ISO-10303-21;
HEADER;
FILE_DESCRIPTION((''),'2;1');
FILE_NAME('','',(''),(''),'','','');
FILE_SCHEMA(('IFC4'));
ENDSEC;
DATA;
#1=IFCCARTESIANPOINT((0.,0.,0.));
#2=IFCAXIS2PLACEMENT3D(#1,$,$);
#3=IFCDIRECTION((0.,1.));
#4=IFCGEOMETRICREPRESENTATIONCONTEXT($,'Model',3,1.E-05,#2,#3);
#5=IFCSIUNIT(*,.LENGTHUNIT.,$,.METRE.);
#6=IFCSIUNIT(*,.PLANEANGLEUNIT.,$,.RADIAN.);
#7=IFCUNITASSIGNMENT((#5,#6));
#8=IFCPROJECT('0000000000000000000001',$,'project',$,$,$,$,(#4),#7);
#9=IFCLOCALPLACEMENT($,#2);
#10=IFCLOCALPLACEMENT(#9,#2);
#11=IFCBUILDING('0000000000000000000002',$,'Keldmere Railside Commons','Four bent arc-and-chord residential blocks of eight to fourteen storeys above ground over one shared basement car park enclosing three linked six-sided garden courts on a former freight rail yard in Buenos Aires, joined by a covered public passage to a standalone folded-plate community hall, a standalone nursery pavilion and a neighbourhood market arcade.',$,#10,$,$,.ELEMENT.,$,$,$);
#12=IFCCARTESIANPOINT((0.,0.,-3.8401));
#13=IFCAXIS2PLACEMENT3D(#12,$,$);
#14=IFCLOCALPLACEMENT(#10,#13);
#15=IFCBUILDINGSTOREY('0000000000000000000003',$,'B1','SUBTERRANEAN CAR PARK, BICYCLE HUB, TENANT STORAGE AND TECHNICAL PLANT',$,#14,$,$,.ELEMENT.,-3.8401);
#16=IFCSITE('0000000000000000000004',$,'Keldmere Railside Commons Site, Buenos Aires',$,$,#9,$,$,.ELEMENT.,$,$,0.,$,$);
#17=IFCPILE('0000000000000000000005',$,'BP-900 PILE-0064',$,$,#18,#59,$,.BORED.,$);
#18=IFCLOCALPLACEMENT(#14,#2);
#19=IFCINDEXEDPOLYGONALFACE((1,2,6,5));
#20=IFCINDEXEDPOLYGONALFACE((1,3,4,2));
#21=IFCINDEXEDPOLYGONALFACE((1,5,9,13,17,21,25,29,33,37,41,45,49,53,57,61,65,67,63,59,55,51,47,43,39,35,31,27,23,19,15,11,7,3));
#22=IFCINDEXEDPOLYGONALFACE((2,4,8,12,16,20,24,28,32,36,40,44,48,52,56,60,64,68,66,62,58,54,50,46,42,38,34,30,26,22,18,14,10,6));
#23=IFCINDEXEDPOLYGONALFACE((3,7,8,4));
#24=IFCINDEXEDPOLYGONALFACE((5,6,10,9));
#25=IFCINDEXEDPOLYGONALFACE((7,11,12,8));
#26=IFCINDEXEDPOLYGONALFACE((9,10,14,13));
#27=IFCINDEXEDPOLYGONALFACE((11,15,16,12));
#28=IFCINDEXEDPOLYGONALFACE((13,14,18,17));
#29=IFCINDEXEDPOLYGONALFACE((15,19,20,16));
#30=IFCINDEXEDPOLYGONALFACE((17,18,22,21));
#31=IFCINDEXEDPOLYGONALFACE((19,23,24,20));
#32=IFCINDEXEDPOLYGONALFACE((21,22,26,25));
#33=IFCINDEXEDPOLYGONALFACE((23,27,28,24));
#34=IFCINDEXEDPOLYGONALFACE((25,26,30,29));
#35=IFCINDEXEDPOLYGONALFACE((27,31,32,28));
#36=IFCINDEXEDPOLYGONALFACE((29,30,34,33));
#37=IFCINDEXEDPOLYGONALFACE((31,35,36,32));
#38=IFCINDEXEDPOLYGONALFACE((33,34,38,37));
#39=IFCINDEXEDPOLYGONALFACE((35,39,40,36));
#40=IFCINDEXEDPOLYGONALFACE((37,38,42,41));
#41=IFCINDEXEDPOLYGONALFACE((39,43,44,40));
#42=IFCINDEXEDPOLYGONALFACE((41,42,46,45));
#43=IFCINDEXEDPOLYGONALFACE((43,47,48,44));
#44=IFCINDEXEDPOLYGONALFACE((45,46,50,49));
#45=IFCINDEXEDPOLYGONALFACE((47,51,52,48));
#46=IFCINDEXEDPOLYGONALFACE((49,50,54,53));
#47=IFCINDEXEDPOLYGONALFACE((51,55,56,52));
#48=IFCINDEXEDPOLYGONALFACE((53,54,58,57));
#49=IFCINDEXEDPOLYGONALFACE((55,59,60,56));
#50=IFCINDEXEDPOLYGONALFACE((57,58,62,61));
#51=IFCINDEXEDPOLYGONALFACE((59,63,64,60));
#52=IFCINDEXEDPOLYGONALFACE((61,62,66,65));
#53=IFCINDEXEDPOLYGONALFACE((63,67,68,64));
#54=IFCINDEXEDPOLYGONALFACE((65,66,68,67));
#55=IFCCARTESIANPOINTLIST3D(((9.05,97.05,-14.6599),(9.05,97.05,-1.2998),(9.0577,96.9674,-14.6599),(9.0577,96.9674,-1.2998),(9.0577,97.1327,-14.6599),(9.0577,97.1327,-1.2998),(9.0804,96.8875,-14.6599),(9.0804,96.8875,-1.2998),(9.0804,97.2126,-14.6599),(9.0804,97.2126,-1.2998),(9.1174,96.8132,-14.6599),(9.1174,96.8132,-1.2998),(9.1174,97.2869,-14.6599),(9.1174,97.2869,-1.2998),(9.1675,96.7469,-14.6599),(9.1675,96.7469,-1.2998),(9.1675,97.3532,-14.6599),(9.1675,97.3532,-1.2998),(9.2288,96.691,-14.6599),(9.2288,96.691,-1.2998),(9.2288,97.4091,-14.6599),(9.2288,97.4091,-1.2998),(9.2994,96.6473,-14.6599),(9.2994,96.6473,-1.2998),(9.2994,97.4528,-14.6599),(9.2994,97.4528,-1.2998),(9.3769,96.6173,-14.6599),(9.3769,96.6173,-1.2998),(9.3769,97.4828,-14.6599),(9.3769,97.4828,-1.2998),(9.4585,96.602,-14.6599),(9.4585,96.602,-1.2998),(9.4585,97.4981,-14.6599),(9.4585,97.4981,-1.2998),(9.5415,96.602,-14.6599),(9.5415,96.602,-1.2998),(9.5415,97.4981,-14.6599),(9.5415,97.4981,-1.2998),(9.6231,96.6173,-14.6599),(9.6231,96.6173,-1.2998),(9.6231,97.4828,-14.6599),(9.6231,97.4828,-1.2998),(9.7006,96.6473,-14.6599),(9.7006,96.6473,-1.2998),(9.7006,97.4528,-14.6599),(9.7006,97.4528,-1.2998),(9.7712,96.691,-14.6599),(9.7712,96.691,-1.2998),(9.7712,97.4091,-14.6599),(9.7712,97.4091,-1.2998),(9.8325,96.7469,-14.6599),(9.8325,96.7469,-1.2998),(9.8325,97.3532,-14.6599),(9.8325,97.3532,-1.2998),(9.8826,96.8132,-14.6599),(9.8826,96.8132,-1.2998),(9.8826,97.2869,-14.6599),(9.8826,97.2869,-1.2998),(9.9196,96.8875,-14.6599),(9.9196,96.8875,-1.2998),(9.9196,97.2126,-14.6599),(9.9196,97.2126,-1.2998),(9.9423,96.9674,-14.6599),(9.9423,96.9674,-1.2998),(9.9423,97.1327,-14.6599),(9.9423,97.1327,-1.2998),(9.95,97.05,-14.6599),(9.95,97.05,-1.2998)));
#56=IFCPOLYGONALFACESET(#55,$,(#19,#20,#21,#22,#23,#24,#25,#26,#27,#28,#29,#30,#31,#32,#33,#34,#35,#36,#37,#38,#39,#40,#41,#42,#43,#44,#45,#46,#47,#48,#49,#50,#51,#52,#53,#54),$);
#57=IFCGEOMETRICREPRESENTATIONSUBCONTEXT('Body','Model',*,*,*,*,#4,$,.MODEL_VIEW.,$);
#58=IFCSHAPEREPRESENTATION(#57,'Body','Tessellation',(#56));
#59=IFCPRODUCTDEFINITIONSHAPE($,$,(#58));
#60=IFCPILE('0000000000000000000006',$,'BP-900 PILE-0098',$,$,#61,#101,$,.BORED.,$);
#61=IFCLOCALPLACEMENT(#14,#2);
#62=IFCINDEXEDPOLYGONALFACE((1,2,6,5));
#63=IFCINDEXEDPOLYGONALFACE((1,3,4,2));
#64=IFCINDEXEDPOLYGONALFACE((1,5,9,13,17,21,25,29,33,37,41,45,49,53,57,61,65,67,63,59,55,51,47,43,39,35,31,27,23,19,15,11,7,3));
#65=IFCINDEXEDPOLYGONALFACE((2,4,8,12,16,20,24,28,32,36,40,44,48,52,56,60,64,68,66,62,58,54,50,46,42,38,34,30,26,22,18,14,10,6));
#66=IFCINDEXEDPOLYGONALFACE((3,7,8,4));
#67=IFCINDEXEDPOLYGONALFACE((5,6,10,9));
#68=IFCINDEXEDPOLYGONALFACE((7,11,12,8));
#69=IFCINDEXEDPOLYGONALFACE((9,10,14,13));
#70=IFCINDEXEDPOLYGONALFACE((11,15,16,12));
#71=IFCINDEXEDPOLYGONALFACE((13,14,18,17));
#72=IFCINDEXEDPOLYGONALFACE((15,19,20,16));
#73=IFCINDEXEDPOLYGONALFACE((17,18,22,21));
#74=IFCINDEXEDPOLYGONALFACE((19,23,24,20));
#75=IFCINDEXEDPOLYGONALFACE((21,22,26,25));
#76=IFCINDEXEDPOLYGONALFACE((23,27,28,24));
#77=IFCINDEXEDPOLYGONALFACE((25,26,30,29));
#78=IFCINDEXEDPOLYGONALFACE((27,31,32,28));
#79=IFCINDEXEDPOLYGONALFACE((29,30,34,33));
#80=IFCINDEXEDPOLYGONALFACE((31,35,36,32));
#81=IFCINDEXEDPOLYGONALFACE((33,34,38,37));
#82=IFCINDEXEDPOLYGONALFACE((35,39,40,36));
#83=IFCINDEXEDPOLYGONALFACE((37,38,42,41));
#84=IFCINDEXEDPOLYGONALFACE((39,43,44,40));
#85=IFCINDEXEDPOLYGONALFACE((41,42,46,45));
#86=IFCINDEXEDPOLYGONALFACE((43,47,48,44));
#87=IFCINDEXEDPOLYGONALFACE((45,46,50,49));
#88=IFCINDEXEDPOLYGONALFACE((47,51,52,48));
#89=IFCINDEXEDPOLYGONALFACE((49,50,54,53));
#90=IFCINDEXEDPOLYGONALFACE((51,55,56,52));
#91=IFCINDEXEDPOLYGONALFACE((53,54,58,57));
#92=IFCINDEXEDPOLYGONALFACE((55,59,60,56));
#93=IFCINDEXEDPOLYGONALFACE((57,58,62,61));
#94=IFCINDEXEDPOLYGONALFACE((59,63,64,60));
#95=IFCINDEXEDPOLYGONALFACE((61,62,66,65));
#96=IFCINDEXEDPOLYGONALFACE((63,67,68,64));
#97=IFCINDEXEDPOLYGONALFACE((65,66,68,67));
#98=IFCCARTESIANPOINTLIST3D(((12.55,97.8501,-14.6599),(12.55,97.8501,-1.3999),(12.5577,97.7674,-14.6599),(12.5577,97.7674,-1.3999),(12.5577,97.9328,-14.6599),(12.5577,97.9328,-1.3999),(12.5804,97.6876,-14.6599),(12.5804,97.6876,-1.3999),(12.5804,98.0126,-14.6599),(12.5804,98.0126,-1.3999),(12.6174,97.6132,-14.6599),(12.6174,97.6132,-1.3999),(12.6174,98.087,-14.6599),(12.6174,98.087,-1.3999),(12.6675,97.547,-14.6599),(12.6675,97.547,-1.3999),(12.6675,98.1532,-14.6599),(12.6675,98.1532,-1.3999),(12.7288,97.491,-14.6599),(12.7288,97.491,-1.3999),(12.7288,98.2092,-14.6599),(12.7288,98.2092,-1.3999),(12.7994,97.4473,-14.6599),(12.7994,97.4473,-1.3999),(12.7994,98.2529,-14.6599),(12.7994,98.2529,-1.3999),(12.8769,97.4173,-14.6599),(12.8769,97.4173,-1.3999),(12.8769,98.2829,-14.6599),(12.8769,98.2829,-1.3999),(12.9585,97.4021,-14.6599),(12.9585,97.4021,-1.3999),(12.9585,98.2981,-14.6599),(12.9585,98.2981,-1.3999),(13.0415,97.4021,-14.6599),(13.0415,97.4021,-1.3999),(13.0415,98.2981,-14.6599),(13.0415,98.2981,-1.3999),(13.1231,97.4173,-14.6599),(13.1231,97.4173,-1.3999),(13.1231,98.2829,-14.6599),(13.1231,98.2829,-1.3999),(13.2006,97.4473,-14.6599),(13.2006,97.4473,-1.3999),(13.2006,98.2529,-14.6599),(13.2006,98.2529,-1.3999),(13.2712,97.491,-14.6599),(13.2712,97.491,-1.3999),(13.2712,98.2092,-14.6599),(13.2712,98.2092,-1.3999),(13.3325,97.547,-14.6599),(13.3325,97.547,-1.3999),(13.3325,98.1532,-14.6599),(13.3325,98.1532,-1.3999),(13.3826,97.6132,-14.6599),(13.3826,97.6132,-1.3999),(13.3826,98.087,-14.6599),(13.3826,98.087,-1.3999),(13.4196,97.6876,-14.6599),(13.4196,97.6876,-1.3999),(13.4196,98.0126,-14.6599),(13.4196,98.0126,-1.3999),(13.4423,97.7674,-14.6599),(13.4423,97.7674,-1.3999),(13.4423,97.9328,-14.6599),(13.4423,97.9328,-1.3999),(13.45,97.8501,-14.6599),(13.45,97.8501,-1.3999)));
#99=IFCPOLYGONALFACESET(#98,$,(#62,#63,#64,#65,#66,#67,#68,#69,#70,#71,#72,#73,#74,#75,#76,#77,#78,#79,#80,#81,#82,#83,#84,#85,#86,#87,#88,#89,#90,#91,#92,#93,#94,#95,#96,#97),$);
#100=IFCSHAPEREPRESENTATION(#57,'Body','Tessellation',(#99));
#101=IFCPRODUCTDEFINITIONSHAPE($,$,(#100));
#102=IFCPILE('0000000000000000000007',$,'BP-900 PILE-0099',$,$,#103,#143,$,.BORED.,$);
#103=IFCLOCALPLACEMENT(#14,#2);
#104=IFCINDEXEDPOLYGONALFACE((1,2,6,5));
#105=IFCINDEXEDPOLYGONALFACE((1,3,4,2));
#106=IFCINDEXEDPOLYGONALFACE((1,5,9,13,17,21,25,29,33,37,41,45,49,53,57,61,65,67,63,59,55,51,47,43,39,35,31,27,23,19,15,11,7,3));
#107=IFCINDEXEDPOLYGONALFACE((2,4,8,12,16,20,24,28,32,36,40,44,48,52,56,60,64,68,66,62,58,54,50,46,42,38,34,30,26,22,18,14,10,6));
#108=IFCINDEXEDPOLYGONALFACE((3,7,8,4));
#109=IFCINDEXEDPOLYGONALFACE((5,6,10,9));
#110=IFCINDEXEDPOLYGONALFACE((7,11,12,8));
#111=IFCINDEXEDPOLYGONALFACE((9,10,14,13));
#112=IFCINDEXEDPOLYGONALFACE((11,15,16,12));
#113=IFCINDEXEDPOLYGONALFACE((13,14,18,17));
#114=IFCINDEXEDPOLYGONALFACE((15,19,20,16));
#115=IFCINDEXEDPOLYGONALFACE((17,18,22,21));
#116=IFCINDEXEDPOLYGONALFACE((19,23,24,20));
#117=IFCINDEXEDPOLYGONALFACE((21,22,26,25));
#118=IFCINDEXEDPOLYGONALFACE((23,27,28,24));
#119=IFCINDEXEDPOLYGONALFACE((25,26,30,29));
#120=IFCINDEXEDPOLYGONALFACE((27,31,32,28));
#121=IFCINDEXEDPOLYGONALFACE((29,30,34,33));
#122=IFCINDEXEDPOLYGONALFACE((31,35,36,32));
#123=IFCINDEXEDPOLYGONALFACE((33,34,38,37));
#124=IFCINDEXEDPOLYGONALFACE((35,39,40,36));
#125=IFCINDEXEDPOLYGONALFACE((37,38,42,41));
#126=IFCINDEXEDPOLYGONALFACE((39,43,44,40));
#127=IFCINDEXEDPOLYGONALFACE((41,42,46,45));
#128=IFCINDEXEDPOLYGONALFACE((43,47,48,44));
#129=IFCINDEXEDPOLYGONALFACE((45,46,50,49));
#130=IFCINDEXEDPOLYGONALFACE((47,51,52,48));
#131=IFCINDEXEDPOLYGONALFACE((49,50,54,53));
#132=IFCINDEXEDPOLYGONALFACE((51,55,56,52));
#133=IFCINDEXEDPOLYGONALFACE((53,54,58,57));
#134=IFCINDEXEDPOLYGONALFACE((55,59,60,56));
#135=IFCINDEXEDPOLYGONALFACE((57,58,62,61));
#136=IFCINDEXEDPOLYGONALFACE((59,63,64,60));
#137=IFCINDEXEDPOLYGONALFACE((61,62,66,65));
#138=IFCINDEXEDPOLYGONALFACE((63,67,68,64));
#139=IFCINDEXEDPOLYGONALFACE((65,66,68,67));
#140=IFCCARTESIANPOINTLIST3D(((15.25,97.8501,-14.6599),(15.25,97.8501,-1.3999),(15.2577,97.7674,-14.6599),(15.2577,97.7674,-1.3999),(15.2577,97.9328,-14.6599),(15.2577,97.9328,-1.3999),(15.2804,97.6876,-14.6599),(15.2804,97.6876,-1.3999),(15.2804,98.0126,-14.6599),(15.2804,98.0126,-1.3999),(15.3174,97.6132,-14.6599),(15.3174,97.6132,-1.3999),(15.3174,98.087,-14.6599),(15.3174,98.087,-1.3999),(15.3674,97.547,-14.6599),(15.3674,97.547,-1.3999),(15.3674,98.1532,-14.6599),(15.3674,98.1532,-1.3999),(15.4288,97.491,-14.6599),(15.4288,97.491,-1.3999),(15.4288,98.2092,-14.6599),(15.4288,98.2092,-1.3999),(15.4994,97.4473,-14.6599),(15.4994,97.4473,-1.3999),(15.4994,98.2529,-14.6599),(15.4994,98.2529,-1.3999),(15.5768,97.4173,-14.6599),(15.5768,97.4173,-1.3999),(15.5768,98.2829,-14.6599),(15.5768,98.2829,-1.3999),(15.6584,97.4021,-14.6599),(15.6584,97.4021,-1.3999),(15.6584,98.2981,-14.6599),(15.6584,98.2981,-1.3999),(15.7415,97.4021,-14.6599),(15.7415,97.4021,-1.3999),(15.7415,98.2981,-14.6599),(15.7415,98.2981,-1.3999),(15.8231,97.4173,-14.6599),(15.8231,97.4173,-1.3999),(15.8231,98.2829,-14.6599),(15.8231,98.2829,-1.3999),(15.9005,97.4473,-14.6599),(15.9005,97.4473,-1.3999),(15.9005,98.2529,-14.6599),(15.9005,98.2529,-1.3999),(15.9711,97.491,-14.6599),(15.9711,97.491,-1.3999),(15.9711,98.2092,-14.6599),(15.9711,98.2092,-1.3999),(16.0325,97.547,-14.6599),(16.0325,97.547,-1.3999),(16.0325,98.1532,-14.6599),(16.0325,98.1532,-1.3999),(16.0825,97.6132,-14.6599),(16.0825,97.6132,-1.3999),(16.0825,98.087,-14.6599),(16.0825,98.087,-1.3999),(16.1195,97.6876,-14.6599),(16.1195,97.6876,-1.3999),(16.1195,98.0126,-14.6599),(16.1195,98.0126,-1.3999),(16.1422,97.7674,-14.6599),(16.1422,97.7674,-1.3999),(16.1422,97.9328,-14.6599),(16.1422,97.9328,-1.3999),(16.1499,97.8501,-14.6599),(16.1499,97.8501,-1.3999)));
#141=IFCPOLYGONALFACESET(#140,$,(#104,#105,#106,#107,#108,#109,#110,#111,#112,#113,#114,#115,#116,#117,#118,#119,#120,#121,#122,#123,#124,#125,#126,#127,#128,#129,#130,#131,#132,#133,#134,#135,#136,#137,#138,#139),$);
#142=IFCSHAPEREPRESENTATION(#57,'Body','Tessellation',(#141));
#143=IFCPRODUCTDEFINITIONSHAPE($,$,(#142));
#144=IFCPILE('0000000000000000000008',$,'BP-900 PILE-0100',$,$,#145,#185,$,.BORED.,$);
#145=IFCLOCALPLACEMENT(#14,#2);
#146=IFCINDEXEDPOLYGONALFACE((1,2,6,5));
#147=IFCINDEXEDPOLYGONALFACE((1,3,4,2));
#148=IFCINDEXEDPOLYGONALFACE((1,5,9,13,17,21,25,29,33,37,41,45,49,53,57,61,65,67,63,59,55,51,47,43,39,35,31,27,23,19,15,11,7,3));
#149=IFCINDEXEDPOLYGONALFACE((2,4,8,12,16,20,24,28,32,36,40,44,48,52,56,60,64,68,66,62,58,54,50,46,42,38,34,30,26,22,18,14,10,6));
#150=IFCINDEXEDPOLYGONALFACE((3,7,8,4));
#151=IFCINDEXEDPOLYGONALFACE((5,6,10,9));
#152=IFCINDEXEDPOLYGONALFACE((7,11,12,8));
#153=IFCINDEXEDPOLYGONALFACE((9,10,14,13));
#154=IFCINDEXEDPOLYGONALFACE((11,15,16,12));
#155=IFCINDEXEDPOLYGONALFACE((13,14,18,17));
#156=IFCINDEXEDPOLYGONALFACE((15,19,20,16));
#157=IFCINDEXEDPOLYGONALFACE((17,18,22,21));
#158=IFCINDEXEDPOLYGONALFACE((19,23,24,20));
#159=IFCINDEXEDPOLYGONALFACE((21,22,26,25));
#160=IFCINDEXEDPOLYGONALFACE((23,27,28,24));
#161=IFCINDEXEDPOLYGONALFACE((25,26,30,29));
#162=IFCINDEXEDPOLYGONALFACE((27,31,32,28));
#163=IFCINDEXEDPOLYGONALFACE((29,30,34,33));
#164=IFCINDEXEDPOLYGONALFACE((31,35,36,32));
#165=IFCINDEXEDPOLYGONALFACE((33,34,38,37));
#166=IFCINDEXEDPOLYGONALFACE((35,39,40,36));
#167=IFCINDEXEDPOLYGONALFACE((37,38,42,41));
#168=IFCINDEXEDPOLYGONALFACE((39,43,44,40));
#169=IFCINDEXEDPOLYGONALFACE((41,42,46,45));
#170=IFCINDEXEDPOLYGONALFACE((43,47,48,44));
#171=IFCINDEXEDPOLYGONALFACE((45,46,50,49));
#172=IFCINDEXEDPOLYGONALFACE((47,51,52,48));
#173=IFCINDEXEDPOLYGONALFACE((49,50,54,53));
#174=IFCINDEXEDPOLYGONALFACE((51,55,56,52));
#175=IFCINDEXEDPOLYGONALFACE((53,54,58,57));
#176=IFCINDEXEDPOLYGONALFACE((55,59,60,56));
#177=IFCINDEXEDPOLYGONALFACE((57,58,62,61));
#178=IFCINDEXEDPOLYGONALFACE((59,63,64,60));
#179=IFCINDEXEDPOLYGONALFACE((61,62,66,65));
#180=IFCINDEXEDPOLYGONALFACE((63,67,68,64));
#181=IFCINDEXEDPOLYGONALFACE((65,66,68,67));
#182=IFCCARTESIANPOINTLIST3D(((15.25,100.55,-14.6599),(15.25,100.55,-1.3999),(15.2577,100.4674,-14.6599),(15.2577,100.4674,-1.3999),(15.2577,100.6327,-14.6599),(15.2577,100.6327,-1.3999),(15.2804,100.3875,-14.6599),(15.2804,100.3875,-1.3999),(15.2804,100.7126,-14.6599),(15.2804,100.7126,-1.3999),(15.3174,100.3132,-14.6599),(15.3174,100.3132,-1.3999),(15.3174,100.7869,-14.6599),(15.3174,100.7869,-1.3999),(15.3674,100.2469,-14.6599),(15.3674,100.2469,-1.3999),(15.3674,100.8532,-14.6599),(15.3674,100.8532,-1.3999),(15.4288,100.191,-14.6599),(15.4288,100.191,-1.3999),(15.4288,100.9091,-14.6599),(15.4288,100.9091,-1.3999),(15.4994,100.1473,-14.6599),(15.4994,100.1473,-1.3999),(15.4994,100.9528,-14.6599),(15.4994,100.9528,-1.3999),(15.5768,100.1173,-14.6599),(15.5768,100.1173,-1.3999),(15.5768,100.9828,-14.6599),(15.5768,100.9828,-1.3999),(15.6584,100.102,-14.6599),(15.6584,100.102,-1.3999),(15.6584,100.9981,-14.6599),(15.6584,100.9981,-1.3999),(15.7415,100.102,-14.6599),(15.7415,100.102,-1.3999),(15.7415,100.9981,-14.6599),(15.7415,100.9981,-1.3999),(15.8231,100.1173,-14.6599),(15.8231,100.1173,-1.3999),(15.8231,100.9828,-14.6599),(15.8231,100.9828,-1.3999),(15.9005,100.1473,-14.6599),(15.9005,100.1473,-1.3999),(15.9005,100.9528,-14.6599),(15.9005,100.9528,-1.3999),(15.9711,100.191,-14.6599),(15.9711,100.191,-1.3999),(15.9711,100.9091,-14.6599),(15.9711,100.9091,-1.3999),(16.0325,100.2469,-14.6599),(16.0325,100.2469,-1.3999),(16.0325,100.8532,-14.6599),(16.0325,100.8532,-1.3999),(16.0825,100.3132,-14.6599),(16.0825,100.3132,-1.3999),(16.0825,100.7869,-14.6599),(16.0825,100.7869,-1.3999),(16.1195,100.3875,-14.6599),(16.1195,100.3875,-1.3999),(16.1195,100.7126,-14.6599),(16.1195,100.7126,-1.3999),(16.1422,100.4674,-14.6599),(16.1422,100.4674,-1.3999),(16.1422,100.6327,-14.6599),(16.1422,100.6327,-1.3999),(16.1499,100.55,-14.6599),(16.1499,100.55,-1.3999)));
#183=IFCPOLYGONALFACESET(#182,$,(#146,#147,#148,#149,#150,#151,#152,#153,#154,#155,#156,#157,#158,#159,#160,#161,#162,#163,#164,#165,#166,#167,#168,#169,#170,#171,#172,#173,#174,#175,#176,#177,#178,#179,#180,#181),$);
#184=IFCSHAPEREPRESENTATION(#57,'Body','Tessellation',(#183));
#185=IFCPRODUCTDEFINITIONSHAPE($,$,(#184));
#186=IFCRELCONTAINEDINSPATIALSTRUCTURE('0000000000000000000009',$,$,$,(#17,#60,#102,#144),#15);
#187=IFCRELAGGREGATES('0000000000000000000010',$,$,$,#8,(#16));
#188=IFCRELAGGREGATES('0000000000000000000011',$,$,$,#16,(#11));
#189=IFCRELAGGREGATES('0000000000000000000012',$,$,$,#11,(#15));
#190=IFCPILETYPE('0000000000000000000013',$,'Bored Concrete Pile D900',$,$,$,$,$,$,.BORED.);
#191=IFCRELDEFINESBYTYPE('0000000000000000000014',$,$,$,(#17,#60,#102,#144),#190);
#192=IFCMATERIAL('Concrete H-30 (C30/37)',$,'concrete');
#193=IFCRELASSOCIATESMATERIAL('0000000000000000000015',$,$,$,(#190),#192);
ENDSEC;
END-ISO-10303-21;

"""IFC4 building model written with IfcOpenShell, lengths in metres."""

from ifc_helpers import new_model, si_unit, direction, frame, origin, origin_2d, place, context, subcontext, project, spatial, circle, extrude, material, material_profile, profile_set, type_object, element, save


model = new_model("IFC4")

# Units and contexts
model_context = context("Model", 3, precision=1e-05, world=origin(), true_north=direction((0.0, 1.0)))
body_context = subcontext(model_context, "Body", "Model", "MODEL_VIEW")
ifc_project = project(units=[si_unit("LENGTHUNIT", "METRE"), si_unit("PLANEANGLEUNIT", "RADIAN")], contexts=[model_context])

# Site, building, storey
site_placement = place(None, origin())
site = spatial("IfcSite", under=ifc_project, at=site_placement, Name="Keldmere Railside Commons Site, Buenos Aires", CompositionType="ELEMENT", RefElevation=0.0)
building_placement = place(site_placement, origin())
building = spatial("IfcBuilding", under=site, at=building_placement, Name="Keldmere Railside Commons", Description="Four bent arc-and-chord residential blocks of eight to fourteen storeys above ground over one shared basement car park enclosing three linked six-sided garden courts on a former freight rail yard in Buenos Aires, joined by a covered public passage to a standalone folded-plate community hall, a standalone nursery pavilion and a neighbourhood market arcade.", CompositionType="ELEMENT")
storey_placement = place(building_placement, frame((0.0, 0.0, -3.8401)))
storey = spatial("IfcBuildingStorey", under=building, at=storey_placement, Name="B1", Description="SUBTERRANEAN CAR PARK, BICYCLE HUB, TENANT STORAGE AND TECHNICAL PLANT", CompositionType="ELEMENT", Elevation=-3.8401)

# Piles
ifc_material_1 = material(Name="Concrete H-30 (C30/37)", Category="concrete")
ifc_material_profile_1 = material_profile(ifc_material_1, circle(Radius=0.45, at=origin_2d()), Name="PILE-D900")
ifc_profile_set_1 = profile_set([ifc_material_profile_1], Name="Concrete H-30 (C30/37)")
pile_type_1 = type_object("IfcPileType", Name="Bored Concrete Pile D900", PredefinedType="BORED", material=ifc_profile_set_1)
for number, where, z_axis, x_axis, name in (
    (1, (9.5, 97.05, -1.2998), (0.0, 0.0, -1.0), (1.0, 0.0, 0.0), "BP-900 PILE-0064"),
):
    element("IfcPile", number, at=place(storey_placement, frame(where, z_axis=z_axis, x_axis=x_axis)), inside=storey, type_object=pile_type_1, Name=name, PredefinedType="BORED", context=body_context, shape_type="SweptSolid", body=[
        extrude(circle(Radius=0.45, at=origin_2d()), origin(), (0.0, 0.0, 1.0), 13.3601),
    ])
for number, where, z_axis, x_axis, name in (
    (2, (13.0, 97.8501, -1.3999), (0.0, 0.0, -1.0), (1.0, 0.0, 0.0), "BP-900 PILE-0098"),
    (3, (15.7, 97.8501, -1.3999), (0.0, 0.0, -1.0), (1.0, 0.0, 0.0), "BP-900 PILE-0099"),
    (4, (15.7, 100.55, -1.3999), (0.0, 0.0, -1.0), (1.0, 0.0, 0.0), "BP-900 PILE-0100"),
):
    element("IfcPile", number, at=place(storey_placement, frame(where, z_axis=z_axis, x_axis=x_axis)), inside=storey, type_object=pile_type_1, Name=name, PredefinedType="BORED", context=body_context, shape_type="SweptSolid", body=[
        extrude(circle(Radius=0.45, at=origin_2d()), origin(), (0.0, 0.0, 1.0), 13.26),
    ])

save(model, "model.ifc")
